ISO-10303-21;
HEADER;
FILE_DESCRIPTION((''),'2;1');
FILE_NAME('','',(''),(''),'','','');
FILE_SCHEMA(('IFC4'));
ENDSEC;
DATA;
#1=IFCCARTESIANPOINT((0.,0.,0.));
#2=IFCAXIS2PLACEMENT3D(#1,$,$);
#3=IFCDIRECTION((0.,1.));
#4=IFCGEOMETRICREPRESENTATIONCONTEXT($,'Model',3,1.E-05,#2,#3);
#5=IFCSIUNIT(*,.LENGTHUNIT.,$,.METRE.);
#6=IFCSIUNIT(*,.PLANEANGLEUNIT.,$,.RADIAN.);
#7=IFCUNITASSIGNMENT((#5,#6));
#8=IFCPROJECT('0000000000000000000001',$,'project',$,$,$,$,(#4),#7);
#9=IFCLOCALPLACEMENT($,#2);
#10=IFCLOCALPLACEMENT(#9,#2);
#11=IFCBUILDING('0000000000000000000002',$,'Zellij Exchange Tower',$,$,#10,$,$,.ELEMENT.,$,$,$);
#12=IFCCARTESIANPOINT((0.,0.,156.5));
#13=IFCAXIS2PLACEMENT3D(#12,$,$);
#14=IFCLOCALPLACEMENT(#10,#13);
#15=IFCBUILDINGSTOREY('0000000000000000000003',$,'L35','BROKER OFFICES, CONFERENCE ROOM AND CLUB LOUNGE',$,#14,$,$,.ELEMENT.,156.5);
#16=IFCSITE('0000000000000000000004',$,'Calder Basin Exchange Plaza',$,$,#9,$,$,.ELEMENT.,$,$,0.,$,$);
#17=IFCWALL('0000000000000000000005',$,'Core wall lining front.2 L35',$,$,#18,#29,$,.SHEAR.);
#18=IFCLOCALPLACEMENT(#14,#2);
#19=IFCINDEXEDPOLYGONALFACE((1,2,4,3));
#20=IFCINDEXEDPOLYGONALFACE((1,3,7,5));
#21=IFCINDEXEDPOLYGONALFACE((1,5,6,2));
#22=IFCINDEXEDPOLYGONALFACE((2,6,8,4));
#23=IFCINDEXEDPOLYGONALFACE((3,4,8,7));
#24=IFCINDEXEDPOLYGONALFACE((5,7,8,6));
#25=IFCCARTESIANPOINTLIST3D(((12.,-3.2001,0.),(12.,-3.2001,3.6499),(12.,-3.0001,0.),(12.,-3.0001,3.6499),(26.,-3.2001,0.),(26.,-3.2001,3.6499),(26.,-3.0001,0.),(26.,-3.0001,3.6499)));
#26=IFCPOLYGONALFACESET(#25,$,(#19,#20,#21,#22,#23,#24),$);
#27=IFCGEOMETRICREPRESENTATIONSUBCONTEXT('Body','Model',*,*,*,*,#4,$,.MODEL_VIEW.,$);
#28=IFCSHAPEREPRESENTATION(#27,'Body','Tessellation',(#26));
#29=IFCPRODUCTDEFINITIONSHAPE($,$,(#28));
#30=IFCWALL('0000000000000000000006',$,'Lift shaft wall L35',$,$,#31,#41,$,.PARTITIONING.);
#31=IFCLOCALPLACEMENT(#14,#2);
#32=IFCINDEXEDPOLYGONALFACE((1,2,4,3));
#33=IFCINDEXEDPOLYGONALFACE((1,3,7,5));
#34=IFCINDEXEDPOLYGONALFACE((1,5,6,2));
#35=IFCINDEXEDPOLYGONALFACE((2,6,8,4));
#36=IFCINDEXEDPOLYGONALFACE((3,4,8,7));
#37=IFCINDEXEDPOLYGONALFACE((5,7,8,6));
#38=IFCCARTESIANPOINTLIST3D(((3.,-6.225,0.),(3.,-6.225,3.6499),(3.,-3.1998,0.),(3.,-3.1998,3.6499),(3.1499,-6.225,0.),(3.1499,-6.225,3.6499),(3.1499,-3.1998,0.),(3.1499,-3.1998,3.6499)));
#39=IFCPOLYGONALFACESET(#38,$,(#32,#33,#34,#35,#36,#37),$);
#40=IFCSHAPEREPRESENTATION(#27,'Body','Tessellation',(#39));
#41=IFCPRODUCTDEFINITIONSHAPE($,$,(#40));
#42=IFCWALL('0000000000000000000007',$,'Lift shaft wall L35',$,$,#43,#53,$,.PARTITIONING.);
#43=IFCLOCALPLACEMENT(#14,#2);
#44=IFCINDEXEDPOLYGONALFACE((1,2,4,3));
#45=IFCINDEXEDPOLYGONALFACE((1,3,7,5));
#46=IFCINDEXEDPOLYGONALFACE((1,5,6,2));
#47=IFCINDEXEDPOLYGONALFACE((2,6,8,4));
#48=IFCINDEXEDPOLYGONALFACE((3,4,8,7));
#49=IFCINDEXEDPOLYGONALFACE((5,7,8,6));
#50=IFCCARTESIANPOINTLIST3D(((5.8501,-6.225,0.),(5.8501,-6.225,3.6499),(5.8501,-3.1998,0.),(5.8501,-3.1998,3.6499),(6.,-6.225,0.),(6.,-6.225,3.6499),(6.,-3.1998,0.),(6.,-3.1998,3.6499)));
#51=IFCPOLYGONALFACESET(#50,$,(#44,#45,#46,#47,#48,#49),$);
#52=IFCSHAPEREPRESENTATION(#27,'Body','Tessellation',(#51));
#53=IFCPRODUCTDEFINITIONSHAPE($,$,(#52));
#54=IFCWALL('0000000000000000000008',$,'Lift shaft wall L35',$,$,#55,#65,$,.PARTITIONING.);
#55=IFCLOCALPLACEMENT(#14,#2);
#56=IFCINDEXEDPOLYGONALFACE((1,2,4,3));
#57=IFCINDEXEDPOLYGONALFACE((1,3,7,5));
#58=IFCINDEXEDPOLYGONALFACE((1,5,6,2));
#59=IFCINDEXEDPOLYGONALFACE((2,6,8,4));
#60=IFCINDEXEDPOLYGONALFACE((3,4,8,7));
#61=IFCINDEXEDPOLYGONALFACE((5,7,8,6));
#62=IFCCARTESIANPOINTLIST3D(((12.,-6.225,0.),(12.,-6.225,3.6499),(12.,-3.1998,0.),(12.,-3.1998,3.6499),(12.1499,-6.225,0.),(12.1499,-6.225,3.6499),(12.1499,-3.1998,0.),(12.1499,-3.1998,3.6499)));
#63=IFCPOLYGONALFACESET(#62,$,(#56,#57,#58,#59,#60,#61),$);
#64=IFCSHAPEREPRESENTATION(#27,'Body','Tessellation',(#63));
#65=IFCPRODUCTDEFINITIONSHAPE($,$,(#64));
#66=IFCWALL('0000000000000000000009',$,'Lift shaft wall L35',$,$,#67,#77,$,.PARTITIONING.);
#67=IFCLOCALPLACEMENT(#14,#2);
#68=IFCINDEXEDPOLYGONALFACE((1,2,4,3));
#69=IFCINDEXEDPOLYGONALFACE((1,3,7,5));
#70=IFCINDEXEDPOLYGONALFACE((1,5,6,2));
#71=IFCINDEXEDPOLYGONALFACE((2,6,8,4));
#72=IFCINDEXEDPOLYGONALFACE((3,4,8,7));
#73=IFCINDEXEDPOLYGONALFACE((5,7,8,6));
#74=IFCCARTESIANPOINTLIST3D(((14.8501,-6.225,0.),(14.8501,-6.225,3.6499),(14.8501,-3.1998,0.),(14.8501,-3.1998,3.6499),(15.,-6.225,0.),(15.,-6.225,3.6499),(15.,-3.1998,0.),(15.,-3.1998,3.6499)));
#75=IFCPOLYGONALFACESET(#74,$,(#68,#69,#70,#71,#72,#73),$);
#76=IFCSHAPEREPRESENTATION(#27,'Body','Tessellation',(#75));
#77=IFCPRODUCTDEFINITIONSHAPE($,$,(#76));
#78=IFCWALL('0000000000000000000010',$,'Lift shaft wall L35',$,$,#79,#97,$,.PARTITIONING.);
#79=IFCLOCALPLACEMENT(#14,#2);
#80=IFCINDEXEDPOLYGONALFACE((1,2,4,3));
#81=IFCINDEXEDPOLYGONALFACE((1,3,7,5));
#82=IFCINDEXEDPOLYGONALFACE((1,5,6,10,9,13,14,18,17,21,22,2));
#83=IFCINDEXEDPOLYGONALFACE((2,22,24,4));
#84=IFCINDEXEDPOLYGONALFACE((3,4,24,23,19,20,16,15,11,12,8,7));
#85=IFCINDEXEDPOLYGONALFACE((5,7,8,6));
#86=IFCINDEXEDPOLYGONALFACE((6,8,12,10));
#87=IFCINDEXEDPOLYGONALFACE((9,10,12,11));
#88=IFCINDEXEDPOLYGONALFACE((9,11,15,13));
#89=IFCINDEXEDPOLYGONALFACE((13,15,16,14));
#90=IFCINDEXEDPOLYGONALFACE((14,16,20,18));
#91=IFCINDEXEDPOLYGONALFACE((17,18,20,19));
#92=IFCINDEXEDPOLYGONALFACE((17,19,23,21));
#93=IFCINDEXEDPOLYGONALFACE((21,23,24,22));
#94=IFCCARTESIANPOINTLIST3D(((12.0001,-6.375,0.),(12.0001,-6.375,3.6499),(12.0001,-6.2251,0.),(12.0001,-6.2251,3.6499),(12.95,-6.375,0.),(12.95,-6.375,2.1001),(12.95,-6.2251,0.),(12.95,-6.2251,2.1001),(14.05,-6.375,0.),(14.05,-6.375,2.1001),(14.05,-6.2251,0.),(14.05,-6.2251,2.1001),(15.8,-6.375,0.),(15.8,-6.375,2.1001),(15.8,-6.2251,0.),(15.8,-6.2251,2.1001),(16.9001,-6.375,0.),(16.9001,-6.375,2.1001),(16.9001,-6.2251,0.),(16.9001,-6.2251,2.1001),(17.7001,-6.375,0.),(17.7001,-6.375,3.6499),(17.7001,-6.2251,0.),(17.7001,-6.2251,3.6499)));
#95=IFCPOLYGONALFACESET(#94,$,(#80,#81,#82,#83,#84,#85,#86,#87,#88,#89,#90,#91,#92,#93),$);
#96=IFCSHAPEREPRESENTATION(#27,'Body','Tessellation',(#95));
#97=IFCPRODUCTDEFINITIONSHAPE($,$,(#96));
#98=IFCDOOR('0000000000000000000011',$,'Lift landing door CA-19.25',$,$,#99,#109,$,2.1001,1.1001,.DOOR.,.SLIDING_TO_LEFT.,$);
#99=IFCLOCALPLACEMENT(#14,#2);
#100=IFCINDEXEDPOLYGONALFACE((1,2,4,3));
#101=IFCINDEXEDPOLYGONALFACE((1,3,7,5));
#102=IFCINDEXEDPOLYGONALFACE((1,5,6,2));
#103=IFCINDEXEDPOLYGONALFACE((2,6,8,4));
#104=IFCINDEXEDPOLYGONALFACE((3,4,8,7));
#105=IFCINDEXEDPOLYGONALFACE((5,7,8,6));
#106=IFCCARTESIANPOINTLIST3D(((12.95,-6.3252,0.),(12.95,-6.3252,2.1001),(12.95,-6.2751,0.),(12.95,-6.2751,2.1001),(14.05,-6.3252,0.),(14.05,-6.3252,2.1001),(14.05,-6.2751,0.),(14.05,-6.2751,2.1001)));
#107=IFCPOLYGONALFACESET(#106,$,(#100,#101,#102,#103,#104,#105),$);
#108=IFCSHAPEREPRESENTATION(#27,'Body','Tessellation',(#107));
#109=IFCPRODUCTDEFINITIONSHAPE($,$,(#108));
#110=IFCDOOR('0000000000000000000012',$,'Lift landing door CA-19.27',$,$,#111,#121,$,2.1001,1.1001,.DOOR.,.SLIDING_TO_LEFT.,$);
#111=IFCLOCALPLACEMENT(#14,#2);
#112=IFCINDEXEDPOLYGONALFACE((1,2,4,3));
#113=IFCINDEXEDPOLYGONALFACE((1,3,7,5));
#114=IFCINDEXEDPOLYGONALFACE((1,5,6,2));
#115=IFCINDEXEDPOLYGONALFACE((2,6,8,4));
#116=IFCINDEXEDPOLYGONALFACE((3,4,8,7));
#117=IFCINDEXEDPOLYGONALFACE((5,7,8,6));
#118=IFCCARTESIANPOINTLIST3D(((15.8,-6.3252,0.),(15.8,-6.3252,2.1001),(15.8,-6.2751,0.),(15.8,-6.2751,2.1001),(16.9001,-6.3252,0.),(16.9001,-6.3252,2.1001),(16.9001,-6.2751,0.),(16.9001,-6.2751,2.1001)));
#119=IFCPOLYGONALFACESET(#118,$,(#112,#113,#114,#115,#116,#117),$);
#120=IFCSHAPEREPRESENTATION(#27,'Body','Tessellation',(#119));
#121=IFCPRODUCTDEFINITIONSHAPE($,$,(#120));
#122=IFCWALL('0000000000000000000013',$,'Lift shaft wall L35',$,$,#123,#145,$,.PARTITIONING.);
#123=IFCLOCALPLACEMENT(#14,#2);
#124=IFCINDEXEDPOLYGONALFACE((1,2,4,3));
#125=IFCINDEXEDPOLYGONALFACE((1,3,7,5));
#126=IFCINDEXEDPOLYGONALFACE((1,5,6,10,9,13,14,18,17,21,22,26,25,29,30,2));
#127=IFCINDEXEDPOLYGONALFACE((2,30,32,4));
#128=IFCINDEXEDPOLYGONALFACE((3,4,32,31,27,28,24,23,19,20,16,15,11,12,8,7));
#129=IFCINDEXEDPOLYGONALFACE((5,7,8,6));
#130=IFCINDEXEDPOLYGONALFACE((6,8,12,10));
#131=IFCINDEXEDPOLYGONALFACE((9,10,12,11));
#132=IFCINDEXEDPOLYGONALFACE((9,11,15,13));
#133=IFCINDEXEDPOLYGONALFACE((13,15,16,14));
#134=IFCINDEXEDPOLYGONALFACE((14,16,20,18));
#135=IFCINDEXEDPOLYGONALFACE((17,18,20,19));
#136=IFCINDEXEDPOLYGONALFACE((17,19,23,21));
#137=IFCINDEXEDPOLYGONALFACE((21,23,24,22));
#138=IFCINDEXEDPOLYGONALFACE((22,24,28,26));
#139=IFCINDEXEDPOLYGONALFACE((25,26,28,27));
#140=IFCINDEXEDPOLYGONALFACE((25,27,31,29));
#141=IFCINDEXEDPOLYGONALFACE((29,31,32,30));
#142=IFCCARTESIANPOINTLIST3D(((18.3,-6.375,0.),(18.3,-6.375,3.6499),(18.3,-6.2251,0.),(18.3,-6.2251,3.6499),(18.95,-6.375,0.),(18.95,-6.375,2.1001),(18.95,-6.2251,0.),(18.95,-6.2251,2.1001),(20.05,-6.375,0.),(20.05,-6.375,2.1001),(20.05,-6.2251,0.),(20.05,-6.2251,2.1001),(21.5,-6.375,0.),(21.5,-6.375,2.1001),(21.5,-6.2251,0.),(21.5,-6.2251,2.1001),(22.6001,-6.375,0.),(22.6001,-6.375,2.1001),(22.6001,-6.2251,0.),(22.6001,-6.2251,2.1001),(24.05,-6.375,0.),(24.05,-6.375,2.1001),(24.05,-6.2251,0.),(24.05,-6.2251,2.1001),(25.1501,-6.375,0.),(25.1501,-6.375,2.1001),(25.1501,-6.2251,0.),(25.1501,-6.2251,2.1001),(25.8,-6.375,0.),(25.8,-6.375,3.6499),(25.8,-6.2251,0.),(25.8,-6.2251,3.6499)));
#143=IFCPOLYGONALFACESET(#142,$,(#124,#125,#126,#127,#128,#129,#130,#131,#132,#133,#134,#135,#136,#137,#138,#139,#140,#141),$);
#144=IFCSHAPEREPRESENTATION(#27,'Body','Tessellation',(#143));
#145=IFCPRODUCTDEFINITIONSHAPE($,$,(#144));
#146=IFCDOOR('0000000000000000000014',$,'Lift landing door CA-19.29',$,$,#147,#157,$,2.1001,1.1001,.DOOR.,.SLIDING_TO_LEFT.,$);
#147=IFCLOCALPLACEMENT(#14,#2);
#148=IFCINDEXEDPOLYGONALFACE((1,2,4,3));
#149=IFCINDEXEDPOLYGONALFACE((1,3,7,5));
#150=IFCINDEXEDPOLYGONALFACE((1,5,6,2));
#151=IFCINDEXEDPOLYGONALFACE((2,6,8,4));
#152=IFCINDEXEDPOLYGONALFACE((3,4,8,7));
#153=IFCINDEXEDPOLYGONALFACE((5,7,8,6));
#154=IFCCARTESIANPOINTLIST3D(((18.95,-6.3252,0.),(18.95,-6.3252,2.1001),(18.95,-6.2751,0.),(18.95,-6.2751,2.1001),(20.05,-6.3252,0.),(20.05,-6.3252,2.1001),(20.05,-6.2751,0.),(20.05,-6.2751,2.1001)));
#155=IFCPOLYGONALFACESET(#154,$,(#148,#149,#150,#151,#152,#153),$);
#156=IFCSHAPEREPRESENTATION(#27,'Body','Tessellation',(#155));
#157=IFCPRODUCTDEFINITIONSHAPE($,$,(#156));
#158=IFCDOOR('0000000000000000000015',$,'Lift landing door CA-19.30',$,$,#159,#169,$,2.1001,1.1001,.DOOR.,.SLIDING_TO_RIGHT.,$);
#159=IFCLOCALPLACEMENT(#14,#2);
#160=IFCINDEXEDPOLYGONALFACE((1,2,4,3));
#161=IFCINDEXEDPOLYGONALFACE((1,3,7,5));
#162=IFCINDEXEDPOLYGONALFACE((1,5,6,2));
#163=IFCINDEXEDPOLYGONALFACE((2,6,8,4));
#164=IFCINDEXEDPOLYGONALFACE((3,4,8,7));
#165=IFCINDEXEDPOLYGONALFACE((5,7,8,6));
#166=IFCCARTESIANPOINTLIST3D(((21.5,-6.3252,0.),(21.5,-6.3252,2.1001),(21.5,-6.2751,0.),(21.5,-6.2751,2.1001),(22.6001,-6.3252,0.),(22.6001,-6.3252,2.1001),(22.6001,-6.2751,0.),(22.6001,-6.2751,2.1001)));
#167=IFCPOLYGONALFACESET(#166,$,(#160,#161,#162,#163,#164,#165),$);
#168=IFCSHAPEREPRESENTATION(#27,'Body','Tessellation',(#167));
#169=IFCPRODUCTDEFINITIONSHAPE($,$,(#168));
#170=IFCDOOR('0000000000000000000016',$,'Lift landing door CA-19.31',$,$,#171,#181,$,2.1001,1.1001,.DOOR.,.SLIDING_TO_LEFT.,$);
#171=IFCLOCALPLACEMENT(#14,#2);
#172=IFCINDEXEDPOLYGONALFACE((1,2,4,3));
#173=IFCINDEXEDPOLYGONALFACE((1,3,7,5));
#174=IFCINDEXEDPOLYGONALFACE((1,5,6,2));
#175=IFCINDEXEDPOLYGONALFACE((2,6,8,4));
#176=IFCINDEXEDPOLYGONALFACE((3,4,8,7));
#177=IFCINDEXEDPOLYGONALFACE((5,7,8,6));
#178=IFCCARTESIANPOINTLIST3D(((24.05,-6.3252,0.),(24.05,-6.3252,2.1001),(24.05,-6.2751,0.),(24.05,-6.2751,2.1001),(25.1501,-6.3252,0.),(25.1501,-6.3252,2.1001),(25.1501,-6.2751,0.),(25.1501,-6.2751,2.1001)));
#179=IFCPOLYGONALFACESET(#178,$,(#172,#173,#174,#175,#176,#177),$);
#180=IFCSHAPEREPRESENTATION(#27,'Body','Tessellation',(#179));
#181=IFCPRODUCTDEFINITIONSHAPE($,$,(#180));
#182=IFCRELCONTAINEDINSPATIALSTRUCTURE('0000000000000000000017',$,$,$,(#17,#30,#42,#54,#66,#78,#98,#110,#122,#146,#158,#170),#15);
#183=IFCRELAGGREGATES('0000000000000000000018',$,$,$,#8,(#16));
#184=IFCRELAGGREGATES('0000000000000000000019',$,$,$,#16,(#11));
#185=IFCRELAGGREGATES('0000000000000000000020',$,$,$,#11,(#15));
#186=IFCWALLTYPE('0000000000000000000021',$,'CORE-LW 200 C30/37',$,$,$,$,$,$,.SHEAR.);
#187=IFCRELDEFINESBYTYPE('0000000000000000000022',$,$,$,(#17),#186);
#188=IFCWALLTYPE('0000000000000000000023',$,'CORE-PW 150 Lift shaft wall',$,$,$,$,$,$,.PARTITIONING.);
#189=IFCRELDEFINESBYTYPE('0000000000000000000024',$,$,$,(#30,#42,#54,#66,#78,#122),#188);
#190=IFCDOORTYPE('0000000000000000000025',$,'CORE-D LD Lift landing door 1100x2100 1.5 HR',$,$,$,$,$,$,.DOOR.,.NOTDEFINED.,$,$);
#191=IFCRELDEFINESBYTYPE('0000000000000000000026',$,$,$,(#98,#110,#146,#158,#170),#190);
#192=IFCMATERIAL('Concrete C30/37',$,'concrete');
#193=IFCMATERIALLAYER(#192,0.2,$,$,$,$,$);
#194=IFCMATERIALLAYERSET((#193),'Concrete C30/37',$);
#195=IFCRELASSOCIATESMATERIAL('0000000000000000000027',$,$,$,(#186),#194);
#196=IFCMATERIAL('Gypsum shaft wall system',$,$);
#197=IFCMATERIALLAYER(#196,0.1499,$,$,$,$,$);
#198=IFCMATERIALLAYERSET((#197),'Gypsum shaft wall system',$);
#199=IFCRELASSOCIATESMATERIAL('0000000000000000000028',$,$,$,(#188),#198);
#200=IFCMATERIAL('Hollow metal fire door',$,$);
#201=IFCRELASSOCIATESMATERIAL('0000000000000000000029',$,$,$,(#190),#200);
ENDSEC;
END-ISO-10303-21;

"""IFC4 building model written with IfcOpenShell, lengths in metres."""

from ifc_helpers import new_model, si_unit, direction, frame, frame_2d, origin, place, context, subcontext, project, spatial, rectangle, extrude, material, layer, layer_set, type_object, element, fill, save


model = new_model("IFC4")

# Units and contexts
model_context = context("Model", 3, precision=1e-05, world=origin(), true_north=direction((0.0, 1.0)))
body_context = subcontext(model_context, "Body", "Model", "MODEL_VIEW")
ifc_project = project(units=[si_unit("LENGTHUNIT", "METRE"), si_unit("PLANEANGLEUNIT", "RADIAN")], contexts=[model_context])

# Site, building, storey
site_placement = place(None, origin())
site = spatial("IfcSite", under=ifc_project, at=site_placement, Name="Calder Basin Exchange Plaza", CompositionType="ELEMENT", RefElevation=0.0)
building_placement = place(site_placement, origin())
building = spatial("IfcBuilding", under=site, at=building_placement, Name="Zellij Exchange Tower", CompositionType="ELEMENT")
storey_placement = place(building_placement, frame((0.0, 0.0, 156.5)))
storey = spatial("IfcBuildingStorey", under=building, at=storey_placement, Name="L35", Description="BROKER OFFICES, CONFERENCE ROOM AND CLUB LOUNGE", CompositionType="ELEMENT", Elevation=156.5)

# Walls
ifc_material_1 = material(Name="Concrete C30/37", Category="concrete")
ifc_layer_1 = layer(ifc_material_1, 0.2)
ifc_layer_set_1 = layer_set([ifc_layer_1], Name="Concrete C30/37")
wall_type_1 = type_object("IfcWallType", Name="CORE-LW 200 C30/37", PredefinedType="SHEAR", material=ifc_layer_set_1)
wall_1_placement = place(storey_placement, frame((12.0, -3.1001, 0.0), z_axis=(0.0, 0.0, 1.0), x_axis=(1.0, 0.0, 0.0)))
element("IfcWall", 1, at=wall_1_placement, inside=storey, type_object=wall_type_1, Name="Core wall lining front.2 L35", PredefinedType="SHEAR", context=body_context, shape_type="SweptSolid", body=[
    extrude(rectangle(XDim=14.0, YDim=0.2, at=frame_2d((7.0, 0.0))), origin(), (0.0, 0.0, 1.0), 3.6499),
])
ifc_material_2 = material(Name="Gypsum shaft wall system")
ifc_layer_2 = layer(ifc_material_2, 0.1499)
ifc_layer_set_2 = layer_set([ifc_layer_2], Name="Gypsum shaft wall system")
wall_type_2 = type_object("IfcWallType", Name="CORE-PW 150 Lift shaft wall", PredefinedType="PARTITIONING", material=ifc_layer_set_2)
for number, where, z_axis, x_axis, name in (
    (2, (3.075, -6.2251, 0.0), (0.0, 0.0, 1.0), (0.0, 1.0, 0.0), "Lift shaft wall L35"),
    (3, (5.925, -6.2251, 0.0), (0.0, 0.0, 1.0), (0.0, 1.0, 0.0), "Lift shaft wall L35"),
    (4, (12.075, -6.2251, 0.0), (0.0, 0.0, 1.0), (0.0, 1.0, 0.0), "Lift shaft wall L35"),
    (5, (14.925, -6.2251, 0.0), (0.0, 0.0, 1.0), (0.0, 1.0, 0.0), "Lift shaft wall L35"),
):
    element("IfcWall", number, at=place(storey_placement, frame(where, z_axis=z_axis, x_axis=x_axis)), inside=storey, type_object=wall_type_2, Name=name, PredefinedType="PARTITIONING", context=body_context, shape_type="SweptSolid", body=[
        extrude(rectangle(XDim=3.0251, YDim=0.1499, at=frame_2d((1.5127, 0.0))), origin(), (0.0, 0.0, 1.0), 3.6499),
    ])

# Walls, openings, doors
wall_2_placement = place(storey_placement, frame((12.0, -6.3, 0.0), z_axis=(0.0, 0.0, 1.0), x_axis=(1.0, 0.0, 0.0)))
wall_2 = element("IfcWall", 6, at=wall_2_placement, inside=storey, type_object=wall_type_2, Name="Lift shaft wall L35", PredefinedType="PARTITIONING", context=body_context, shape_type="SweptSolid", body=[
    extrude(rectangle(XDim=5.7, YDim=0.1499, at=frame_2d((2.8501, 0.0))), origin(), (0.0, 0.0, 1.0), 3.6499),
])
opening_1_placement = place(wall_2_placement, frame((0.95, 0.0, 0.0)))
opening_1 = element("IfcOpeningElement", 7, at=opening_1_placement, cuts=wall_2, PredefinedType="OPENING", context=body_context, shape_type="SweptSolid", body=[
    extrude(rectangle(XDim=1.1001, YDim=2.1001, at=frame_2d((0.55, 1.05))), frame((0.0, 0.0869, 0.0), z_axis=(0.0, -1.0, 0.0), x_axis=(1.0, 0.0, 0.0)), (0.0, 0.0, 1.0), 0.1738),
])
opening_2_placement = place(wall_2_placement, frame((3.8, 0.0, 0.0)))
opening_2 = element("IfcOpeningElement", 8, at=opening_2_placement, cuts=wall_2, PredefinedType="OPENING", context=body_context, shape_type="SweptSolid", body=[
    extrude(rectangle(XDim=1.1001, YDim=2.1001, at=frame_2d((0.55, 1.05))), frame((0.0, 0.0869, 0.0), z_axis=(0.0, -1.0, 0.0), x_axis=(1.0, 0.0, 0.0)), (0.0, 0.0, 1.0), 0.1738),
])
ifc_material_3 = material(Name="Hollow metal fire door")
door_type = type_object("IfcDoorType", Name="CORE-D LD Lift landing door 1100x2100 1.5 HR", OperationType="NOTDEFINED", PredefinedType="DOOR", material=ifc_material_3)
door_1_placement = place(opening_1_placement, origin())
door_1 = element("IfcDoor", 9, at=door_1_placement, inside=storey, type_object=door_type, Name="Lift landing door CA-19.25", OperationType="SLIDING_TO_LEFT", OverallHeight=2.1001, OverallWidth=1.1001, PredefinedType="DOOR", context=body_context, shape_type="SweptSolid", body=[
    extrude(rectangle(XDim=1.1001, YDim=2.1001, at=frame_2d((0.55, 1.05))), frame((0.0, 0.0249, 0.0), z_axis=(0.0, -1.0, 0.0), x_axis=(1.0, 0.0, 0.0)), (0.0, 0.0, 1.0), 0.05),
])
fill(opening_1, door_1)
door_2_placement = place(opening_2_placement, origin())
door_2 = element("IfcDoor", 10, at=door_2_placement, inside=storey, type_object=door_type, Name="Lift landing door CA-19.27", OperationType="SLIDING_TO_LEFT", OverallHeight=2.1001, OverallWidth=1.1001, PredefinedType="DOOR", context=body_context, shape_type="SweptSolid", body=[
    extrude(rectangle(XDim=1.1001, YDim=2.1001, at=frame_2d((0.55, 1.05))), frame((0.0, 0.0249, 0.0), z_axis=(0.0, -1.0, 0.0), x_axis=(1.0, 0.0, 0.0)), (0.0, 0.0, 1.0), 0.05),
])
fill(opening_2, door_2)
wall_3_placement = place(storey_placement, frame((18.3, -6.3, 0.0), z_axis=(0.0, 0.0, 1.0), x_axis=(1.0, 0.0, 0.0)))
wall_3 = element("IfcWall", 11, at=wall_3_placement, inside=storey, type_object=wall_type_2, Name="Lift shaft wall L35", PredefinedType="PARTITIONING", context=body_context, shape_type="SweptSolid", body=[
    extrude(rectangle(XDim=7.5, YDim=0.1499, at=frame_2d((3.75, 0.0))), origin(), (0.0, 0.0, 1.0), 3.6499),
])
opening_3_placement = place(wall_3_placement, frame((0.6499, 0.0, 0.0)))
opening_3 = element("IfcOpeningElement", 12, at=opening_3_placement, cuts=wall_3, PredefinedType="OPENING", context=body_context, shape_type="SweptSolid", body=[
    extrude(rectangle(XDim=1.1001, YDim=2.1001, at=frame_2d((0.55, 1.05))), frame((0.0, 0.0869, 0.0), z_axis=(0.0, -1.0, 0.0), x_axis=(1.0, 0.0, 0.0)), (0.0, 0.0, 1.0), 0.1738),
])
opening_4_placement = place(wall_3_placement, frame((3.2, 0.0, 0.0)))
opening_4 = element("IfcOpeningElement", 13, at=opening_4_placement, cuts=wall_3, PredefinedType="OPENING", context=body_context, shape_type="SweptSolid", body=[
    extrude(rectangle(XDim=1.1001, YDim=2.1001, at=frame_2d((0.55, 1.05))), frame((0.0, 0.0869, 0.0), z_axis=(0.0, -1.0, 0.0), x_axis=(1.0, 0.0, 0.0)), (0.0, 0.0, 1.0), 0.1738),
])
opening_5_placement = place(wall_3_placement, frame((5.75, 0.0, 0.0)))
opening_5 = element("IfcOpeningElement", 14, at=opening_5_placement, cuts=wall_3, PredefinedType="OPENING", context=body_context, shape_type="SweptSolid", body=[
    extrude(rectangle(XDim=1.1001, YDim=2.1001, at=frame_2d((0.55, 1.05))), frame((0.0, 0.0869, 0.0), z_axis=(0.0, -1.0, 0.0), x_axis=(1.0, 0.0, 0.0)), (0.0, 0.0, 1.0), 0.1738),
])
door_3_placement = place(opening_3_placement, origin())
door_3 = element("IfcDoor", 15, at=door_3_placement, inside=storey, type_object=door_type, Name="Lift landing door CA-19.29", OperationType="SLIDING_TO_LEFT", OverallHeight=2.1001, OverallWidth=1.1001, PredefinedType="DOOR", context=body_context, shape_type="SweptSolid", body=[
    extrude(rectangle(XDim=1.1001, YDim=2.1001, at=frame_2d((0.55, 1.05))), frame((0.0, 0.0249, 0.0), z_axis=(0.0, -1.0, 0.0), x_axis=(1.0, 0.0, 0.0)), (0.0, 0.0, 1.0), 0.05),
])
fill(opening_3, door_3)
door_4_placement = place(opening_4_placement, origin())
door_4 = element("IfcDoor", 16, at=door_4_placement, inside=storey, type_object=door_type, Name="Lift landing door CA-19.30", OperationType="SLIDING_TO_RIGHT", OverallHeight=2.1001, OverallWidth=1.1001, PredefinedType="DOOR", context=body_context, shape_type="SweptSolid", body=[
    extrude(rectangle(XDim=1.1001, YDim=2.1001, at=frame_2d((0.55, 1.05))), frame((0.0, 0.0249, 0.0), z_axis=(0.0, -1.0, 0.0), x_axis=(1.0, 0.0, 0.0)), (0.0, 0.0, 1.0), 0.05),
])
fill(opening_4, door_4)
door_5_placement = place(opening_5_placement, origin())
door_5 = element("IfcDoor", 17, at=door_5_placement, inside=storey, type_object=door_type, Name="Lift landing door CA-19.31", OperationType="SLIDING_TO_LEFT", OverallHeight=2.1001, OverallWidth=1.1001, PredefinedType="DOOR", context=body_context, shape_type="SweptSolid", body=[
    extrude(rectangle(XDim=1.1001, YDim=2.1001, at=frame_2d((0.55, 1.05))), frame((0.0, 0.0249, 0.0), z_axis=(0.0, -1.0, 0.0), x_axis=(1.0, 0.0, 0.0)), (0.0, 0.0, 1.0), 0.05),
])
fill(opening_5, door_5)

save(model, "model.ifc")
